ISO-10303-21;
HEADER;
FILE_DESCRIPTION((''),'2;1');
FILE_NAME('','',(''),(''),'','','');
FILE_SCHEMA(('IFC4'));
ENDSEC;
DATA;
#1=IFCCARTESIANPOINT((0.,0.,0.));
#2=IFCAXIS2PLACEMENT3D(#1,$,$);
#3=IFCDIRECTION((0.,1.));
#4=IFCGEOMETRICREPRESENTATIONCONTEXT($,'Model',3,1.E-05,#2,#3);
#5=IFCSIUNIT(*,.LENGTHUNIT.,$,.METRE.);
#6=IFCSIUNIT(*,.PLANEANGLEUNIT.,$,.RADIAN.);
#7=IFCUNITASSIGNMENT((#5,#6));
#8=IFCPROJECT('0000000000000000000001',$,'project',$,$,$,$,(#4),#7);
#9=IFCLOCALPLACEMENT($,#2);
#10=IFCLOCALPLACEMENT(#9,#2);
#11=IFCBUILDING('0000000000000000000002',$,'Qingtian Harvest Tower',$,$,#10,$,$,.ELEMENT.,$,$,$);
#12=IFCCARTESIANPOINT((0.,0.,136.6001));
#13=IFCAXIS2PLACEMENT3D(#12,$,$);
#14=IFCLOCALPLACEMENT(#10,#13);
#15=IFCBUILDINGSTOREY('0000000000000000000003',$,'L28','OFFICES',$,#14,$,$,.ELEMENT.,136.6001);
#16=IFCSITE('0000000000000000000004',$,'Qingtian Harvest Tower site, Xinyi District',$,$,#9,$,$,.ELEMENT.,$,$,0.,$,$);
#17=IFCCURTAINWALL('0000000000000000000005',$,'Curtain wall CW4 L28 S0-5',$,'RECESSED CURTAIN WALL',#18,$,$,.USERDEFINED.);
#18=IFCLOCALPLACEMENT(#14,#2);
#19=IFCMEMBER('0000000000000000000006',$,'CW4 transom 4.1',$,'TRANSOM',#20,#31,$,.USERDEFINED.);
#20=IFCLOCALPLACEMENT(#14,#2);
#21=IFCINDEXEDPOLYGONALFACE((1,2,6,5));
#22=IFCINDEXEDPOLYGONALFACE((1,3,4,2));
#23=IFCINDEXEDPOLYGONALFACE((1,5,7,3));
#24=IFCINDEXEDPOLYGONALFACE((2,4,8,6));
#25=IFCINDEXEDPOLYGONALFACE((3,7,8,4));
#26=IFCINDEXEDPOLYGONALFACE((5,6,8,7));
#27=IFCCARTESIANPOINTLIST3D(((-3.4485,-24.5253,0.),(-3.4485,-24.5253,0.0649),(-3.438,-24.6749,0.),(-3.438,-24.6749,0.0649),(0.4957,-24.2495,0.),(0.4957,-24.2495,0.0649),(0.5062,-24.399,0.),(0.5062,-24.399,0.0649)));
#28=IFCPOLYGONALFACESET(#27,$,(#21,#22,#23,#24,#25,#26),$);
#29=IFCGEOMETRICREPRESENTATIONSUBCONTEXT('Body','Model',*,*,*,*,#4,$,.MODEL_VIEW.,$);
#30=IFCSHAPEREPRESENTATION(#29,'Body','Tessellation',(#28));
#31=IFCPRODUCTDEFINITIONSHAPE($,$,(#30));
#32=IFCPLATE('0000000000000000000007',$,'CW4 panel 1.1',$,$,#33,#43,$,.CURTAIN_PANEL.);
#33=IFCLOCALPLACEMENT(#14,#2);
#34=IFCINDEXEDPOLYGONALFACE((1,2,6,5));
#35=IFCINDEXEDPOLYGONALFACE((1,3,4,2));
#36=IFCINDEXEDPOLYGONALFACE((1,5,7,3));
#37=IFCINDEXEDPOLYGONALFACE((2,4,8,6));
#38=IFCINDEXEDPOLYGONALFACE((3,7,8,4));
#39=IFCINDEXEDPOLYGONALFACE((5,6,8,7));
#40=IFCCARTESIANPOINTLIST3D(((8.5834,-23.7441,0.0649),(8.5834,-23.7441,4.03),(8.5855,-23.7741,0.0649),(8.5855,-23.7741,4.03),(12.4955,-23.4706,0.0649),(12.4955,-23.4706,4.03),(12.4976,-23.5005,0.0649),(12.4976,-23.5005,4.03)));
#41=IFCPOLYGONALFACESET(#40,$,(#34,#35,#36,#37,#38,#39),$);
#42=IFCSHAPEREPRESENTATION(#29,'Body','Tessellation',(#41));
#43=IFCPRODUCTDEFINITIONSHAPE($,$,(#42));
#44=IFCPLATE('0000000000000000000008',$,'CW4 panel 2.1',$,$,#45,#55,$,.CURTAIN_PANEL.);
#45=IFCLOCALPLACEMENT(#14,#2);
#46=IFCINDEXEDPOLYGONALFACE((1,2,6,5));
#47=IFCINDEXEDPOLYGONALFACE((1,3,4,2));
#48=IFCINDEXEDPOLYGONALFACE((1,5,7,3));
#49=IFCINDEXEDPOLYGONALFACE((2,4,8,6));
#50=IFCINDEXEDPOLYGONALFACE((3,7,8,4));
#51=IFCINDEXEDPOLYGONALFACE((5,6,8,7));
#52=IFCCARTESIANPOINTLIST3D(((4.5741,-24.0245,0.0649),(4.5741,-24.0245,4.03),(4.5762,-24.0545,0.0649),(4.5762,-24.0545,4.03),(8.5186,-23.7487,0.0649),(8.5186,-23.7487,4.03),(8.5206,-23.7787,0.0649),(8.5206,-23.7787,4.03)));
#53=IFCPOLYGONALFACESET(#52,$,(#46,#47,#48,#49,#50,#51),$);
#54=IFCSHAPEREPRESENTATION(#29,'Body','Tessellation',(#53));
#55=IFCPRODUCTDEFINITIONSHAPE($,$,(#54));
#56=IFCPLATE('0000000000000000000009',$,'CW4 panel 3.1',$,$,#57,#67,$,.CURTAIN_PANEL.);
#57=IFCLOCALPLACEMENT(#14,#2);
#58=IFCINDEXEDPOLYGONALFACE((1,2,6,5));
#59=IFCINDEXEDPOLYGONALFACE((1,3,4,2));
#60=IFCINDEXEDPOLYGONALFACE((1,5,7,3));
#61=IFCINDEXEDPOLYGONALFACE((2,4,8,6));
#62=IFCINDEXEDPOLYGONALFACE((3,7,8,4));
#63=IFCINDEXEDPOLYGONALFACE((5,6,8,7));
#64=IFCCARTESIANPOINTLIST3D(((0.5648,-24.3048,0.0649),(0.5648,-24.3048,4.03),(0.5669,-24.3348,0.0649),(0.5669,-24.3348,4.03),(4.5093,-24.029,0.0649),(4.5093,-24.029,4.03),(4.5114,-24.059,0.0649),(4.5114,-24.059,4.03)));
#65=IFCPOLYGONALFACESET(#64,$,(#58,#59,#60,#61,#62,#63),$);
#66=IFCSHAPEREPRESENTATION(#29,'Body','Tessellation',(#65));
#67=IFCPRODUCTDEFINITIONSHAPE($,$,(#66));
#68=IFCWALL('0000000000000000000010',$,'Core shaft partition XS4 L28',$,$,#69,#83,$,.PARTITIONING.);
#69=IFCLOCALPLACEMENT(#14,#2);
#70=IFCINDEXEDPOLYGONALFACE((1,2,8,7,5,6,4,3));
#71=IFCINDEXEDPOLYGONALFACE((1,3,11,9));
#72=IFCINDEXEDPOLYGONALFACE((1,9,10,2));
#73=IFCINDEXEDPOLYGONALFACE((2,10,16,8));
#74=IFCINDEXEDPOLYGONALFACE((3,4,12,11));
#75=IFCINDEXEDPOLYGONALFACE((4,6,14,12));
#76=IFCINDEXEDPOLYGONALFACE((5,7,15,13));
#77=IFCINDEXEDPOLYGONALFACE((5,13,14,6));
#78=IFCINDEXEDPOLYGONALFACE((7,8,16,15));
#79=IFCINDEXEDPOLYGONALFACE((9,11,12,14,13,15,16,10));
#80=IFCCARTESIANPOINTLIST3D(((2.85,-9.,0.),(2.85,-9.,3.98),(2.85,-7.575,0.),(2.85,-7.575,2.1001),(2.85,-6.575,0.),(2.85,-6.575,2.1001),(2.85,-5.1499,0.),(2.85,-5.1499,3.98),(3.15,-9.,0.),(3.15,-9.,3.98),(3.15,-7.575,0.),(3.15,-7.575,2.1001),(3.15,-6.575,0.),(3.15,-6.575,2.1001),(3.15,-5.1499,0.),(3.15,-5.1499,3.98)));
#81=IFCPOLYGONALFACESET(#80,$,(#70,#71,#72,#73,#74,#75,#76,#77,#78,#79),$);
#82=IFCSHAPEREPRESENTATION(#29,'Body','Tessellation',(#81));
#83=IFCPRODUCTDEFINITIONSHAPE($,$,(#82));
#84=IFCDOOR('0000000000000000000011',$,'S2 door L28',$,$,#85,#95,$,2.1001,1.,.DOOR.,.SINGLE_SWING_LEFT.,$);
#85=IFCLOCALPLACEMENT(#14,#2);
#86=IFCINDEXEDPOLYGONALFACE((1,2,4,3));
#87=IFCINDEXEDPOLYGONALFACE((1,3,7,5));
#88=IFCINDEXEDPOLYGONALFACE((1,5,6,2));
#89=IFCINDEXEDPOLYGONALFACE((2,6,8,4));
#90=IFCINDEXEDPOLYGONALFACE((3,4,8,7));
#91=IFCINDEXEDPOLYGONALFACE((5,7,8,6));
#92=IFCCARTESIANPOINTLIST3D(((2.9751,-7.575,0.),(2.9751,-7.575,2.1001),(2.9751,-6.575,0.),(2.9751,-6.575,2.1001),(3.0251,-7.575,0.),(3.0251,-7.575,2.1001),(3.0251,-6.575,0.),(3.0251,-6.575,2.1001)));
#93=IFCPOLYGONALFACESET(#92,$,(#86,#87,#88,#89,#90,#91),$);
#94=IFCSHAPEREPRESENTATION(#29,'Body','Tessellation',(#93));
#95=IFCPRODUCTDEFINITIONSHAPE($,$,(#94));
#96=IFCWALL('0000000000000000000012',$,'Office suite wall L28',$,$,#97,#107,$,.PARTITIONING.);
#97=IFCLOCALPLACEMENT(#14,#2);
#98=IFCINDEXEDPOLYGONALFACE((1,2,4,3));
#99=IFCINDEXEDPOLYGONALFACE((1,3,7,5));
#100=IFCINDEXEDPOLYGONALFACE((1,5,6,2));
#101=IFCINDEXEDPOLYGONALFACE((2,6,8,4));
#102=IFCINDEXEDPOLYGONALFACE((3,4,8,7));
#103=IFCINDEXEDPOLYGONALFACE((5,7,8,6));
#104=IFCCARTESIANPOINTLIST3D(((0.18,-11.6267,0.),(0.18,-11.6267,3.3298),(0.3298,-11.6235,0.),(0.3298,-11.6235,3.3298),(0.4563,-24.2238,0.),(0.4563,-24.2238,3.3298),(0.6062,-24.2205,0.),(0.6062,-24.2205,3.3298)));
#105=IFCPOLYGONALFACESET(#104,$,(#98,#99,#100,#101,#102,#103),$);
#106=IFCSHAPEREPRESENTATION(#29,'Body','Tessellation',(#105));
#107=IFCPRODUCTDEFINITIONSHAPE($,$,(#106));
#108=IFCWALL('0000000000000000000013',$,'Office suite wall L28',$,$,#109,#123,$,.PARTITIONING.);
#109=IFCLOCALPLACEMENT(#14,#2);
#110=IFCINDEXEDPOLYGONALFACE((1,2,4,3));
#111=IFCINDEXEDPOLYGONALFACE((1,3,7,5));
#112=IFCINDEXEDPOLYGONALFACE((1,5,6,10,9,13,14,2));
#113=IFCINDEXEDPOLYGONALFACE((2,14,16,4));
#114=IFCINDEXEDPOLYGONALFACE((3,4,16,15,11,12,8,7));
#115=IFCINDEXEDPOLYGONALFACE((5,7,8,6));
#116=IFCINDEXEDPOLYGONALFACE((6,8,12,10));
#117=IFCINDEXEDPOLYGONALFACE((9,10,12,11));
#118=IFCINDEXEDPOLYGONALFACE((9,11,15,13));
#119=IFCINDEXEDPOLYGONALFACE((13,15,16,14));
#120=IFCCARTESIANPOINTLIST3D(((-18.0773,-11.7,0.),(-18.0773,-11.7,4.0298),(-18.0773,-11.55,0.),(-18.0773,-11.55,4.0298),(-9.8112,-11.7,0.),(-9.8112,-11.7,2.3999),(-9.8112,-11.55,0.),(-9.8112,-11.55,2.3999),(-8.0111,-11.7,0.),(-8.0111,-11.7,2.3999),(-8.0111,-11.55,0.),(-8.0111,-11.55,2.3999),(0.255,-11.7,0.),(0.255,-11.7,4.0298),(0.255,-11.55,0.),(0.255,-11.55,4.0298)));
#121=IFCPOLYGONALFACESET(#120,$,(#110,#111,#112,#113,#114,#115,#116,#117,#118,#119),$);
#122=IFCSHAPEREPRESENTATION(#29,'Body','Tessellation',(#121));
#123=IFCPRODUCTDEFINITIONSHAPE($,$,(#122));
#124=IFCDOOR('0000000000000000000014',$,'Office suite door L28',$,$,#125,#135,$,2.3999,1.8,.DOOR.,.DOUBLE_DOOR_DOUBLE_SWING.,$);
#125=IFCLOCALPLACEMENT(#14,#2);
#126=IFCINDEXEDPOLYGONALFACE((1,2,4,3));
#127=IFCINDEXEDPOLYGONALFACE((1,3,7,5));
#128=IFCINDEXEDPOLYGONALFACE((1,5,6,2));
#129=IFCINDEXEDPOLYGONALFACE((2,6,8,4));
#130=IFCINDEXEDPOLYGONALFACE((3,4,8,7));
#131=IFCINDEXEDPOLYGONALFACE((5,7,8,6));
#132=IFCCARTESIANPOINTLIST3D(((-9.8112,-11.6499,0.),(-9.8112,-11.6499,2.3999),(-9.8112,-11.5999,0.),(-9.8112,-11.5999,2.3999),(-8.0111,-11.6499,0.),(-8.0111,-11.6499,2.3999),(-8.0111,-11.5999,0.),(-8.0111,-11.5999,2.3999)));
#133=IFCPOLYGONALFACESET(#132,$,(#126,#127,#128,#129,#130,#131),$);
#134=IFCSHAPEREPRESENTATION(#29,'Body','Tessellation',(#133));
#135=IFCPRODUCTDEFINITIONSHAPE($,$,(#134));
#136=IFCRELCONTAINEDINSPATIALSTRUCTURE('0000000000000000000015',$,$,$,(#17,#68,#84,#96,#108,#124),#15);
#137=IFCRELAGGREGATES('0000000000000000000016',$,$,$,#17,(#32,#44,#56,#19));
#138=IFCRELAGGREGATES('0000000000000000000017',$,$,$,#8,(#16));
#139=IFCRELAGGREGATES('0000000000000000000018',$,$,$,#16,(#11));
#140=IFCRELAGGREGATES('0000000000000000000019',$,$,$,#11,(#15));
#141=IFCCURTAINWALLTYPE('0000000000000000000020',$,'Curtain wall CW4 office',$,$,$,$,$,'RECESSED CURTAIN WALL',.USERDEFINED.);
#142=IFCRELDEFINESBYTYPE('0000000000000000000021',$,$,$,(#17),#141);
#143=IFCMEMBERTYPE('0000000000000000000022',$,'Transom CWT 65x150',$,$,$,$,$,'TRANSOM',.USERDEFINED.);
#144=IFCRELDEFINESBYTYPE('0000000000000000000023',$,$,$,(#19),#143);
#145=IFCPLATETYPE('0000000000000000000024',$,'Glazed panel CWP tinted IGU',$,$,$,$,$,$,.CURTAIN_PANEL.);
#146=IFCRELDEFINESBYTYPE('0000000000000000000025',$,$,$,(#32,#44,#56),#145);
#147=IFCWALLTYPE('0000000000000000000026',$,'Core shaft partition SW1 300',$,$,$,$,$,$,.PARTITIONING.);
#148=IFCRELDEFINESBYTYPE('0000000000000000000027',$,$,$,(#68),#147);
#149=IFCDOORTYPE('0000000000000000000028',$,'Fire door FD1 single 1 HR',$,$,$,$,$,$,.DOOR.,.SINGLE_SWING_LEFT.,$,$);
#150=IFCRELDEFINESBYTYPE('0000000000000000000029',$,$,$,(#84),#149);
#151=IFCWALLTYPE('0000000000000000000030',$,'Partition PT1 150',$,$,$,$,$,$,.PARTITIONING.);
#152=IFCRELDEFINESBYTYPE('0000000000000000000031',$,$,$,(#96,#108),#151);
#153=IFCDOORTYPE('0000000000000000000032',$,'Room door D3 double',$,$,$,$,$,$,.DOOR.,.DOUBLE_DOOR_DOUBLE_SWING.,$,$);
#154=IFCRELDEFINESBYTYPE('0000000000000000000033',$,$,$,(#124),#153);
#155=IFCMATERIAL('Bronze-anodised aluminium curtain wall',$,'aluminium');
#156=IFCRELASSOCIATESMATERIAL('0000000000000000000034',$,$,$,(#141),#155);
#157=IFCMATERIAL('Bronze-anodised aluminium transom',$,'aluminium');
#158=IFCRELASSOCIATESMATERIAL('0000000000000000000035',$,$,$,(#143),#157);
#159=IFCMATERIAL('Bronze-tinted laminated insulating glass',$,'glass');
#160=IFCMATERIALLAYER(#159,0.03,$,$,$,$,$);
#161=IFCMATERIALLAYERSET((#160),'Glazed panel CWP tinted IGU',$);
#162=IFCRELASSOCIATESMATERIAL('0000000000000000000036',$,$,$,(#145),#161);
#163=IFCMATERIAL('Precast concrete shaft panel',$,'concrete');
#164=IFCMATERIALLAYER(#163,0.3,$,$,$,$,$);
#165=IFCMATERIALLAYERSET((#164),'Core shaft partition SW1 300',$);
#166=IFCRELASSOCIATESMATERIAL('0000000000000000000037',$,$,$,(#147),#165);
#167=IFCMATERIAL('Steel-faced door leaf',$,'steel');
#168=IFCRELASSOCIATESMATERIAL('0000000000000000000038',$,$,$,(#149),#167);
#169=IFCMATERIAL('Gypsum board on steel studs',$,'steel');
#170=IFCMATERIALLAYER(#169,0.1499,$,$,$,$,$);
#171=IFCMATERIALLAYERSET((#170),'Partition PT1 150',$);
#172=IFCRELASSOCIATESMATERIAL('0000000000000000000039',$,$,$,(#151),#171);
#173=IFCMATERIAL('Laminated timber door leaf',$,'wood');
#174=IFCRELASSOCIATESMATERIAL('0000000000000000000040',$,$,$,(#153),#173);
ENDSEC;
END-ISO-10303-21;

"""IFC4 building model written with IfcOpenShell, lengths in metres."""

from ifc_helpers import new_model, si_unit, direction, frame, frame_2d, origin, origin_2d, place, context, subcontext, project, spatial, rectangle, extrude, material, layer, layer_set, material_profile, profile_set, type_object, element, fill, aggregate, save


model = new_model("IFC4")

# Units and contexts
model_context = context("Model", 3, precision=1e-05, world=origin(), true_north=direction((0.0, 1.0)))
body_context = subcontext(model_context, "Body", "Model", "MODEL_VIEW")
ifc_project = project(units=[si_unit("LENGTHUNIT", "METRE"), si_unit("PLANEANGLEUNIT", "RADIAN")], contexts=[model_context])

# Site, building, storey
site_placement = place(None, origin())
site = spatial("IfcSite", under=ifc_project, at=site_placement, Name="Qingtian Harvest Tower site, Xinyi District", CompositionType="ELEMENT", RefElevation=0.0)
building_placement = place(site_placement, origin())
building = spatial("IfcBuilding", under=site, at=building_placement, Name="Qingtian Harvest Tower", CompositionType="ELEMENT")
storey_placement = place(building_placement, frame((0.0, 0.0, 136.6001)))
storey = spatial("IfcBuildingStorey", under=building, at=storey_placement, Name="L28", Description="OFFICES", CompositionType="ELEMENT", Elevation=136.6001)

# Shared definitions
ifc_material_1 = material(Name="Bronze-anodised aluminium curtain wall", Category="aluminium")
curtain_wall_type = type_object("IfcCurtainWallType", Name="Curtain wall CW4 office", ElementType="RECESSED CURTAIN WALL", PredefinedType="USERDEFINED", material=ifc_material_1)

# Curtain wall
curtain_wall_1_placement = place(storey_placement, origin())
curtain_wall_1 = element("IfcCurtainWall", 1, at=curtain_wall_1_placement, inside=storey, type_object=curtain_wall_type, Name="Curtain wall CW4 L28 S0-5", ObjectType="RECESSED CURTAIN WALL", PredefinedType="USERDEFINED")

# Member
ifc_material_2 = material(Name="Bronze-anodised aluminium transom", Category="aluminium")
ifc_material_profile_1 = material_profile(ifc_material_2, rectangle(XDim=0.1499, YDim=0.0649, at=origin_2d()), Name="AL 65x150")
ifc_profile_set_1 = profile_set([ifc_material_profile_1], Name="Bronze-anodised aluminium transom")
member_type_1 = type_object("IfcMemberType", Name="Transom CWT 65x150", ElementType="TRANSOM", PredefinedType="USERDEFINED", material=ifc_profile_set_1)
member_1_placement = place(storey_placement, frame((0.501, -24.3242, 0.0325), z_axis=(-0.997563, -0.069773, 0.0), x_axis=(0.069773, -0.997563, 0.0)))
member_1 = element("IfcMember", 2, at=member_1_placement, type_object=member_type_1, Name="CW4 transom 4.1", ObjectType="TRANSOM", PredefinedType="USERDEFINED", context=body_context, shape_type="SweptSolid", body=[
    extrude(rectangle(XDim=0.1499, YDim=0.0649, at=origin_2d()), origin(), (0.0, 0.0, 1.0), 3.9539),
])

# Plates
ifc_material_3 = material(Name="Bronze-tinted laminated insulating glass", Category="glass")
ifc_layer_1 = layer(ifc_material_3, 0.03)
ifc_layer_set_1 = layer_set([ifc_layer_1], Name="Glazed panel CWP tinted IGU")
plate_type = type_object("IfcPlateType", Name="Glazed panel CWP tinted IGU", PredefinedType="CURTAIN_PANEL", material=ifc_layer_set_1)
plate_1_placement = place(storey_placement, frame((10.5405, -23.6223, 0.0649), z_axis=(0.0, 0.0, 1.0), x_axis=(-0.997564, -0.069756, 0.0)))
plate_1 = element("IfcPlate", 3, at=plate_1_placement, type_object=plate_type, Name="CW4 panel 1.1", PredefinedType="CURTAIN_PANEL", context=body_context, shape_type="SweptSolid", body=[
    extrude(rectangle(XDim=3.9216, YDim=0.03, at=origin_2d()), origin(), (0.0, 0.0, 1.0), 3.9651),
])
plate_2_placement = place(storey_placement, frame((6.5474, -23.9016, 0.0649), z_axis=(0.0, 0.0, 1.0), x_axis=(-0.997564, -0.069756, 0.0)))
plate_2 = element("IfcPlate", 4, at=plate_2_placement, type_object=plate_type, Name="CW4 panel 2.1", PredefinedType="CURTAIN_PANEL", context=body_context, shape_type="SweptSolid", body=[
    extrude(rectangle(XDim=3.9541, YDim=0.03, at=origin_2d()), origin(), (0.0, 0.0, 1.0), 3.9651),
])
plate_3_placement = place(storey_placement, frame((2.5381, -24.1819, 0.0649), z_axis=(0.0, 0.0, 1.0), x_axis=(-0.997564, -0.069756, 0.0)))
plate_3 = element("IfcPlate", 5, at=plate_3_placement, type_object=plate_type, Name="CW4 panel 3.1", PredefinedType="CURTAIN_PANEL", context=body_context, shape_type="SweptSolid", body=[
    extrude(rectangle(XDim=3.9541, YDim=0.03, at=origin_2d()), origin(), (0.0, 0.0, 1.0), 3.9651),
])
aggregate(curtain_wall_1, [plate_1, plate_2, plate_3, member_1])

# Wall, opening, door
ifc_material_4 = material(Name="Precast concrete shaft panel", Category="concrete")
ifc_layer_2 = layer(ifc_material_4, 0.3)
ifc_layer_set_2 = layer_set([ifc_layer_2], Name="Core shaft partition SW1 300")
wall_type_1 = type_object("IfcWallType", Name="Core shaft partition SW1 300", PredefinedType="PARTITIONING", material=ifc_layer_set_2)
wall_1_placement = place(storey_placement, frame((3.0, -9.0, 0.0), z_axis=(0.0, 0.0, 1.0), x_axis=(0.0, 1.0, 0.0)))
wall_1 = element("IfcWall", 6, at=wall_1_placement, inside=storey, type_object=wall_type_1, Name="Core shaft partition XS4 L28", PredefinedType="PARTITIONING", context=body_context, shape_type="SweptSolid", body=[
    extrude(rectangle(XDim=3.8501, YDim=0.3, at=frame_2d((1.925, 0.0))), origin(), (0.0, 0.0, 1.0), 3.98),
])
opening_1_placement = place(wall_1_placement, frame((1.425, 0.0, 0.0)))
opening_1 = element("IfcOpeningElement", 7, at=opening_1_placement, cuts=wall_1, PredefinedType="OPENING", context=body_context, shape_type="SweptSolid", body=[
    extrude(rectangle(XDim=1.0, YDim=2.1001, at=frame_2d((0.5, 1.05))), frame((0.0, 0.1599, 0.0), z_axis=(0.0, -1.0, 0.0), x_axis=(1.0, 0.0, 0.0)), (0.0, 0.0, 1.0), 0.3201),
])
ifc_material_5 = material(Name="Steel-faced door leaf", Category="steel")
door_type_1 = type_object("IfcDoorType", Name="Fire door FD1 single 1 HR", OperationType="SINGLE_SWING_LEFT", PredefinedType="DOOR", material=ifc_material_5)
door_1_placement = place(opening_1_placement, origin())
door_1 = element("IfcDoor", 8, at=door_1_placement, inside=storey, type_object=door_type_1, Name="S2 door L28", OperationType="SINGLE_SWING_LEFT", OverallHeight=2.1001, OverallWidth=1.0, PredefinedType="DOOR", context=body_context, shape_type="SweptSolid", body=[
    extrude(rectangle(XDim=1.0, YDim=2.1001, at=frame_2d((0.5, 1.05))), frame((0.0, 0.0249, 0.0), z_axis=(0.0, -1.0, 0.0), x_axis=(1.0, 0.0, 0.0)), (0.0, 0.0, 1.0), 0.05),
])
fill(opening_1, door_1)

# Wall
ifc_material_6 = material(Name="Gypsum board on steel studs", Category="steel")
ifc_layer_3 = layer(ifc_material_6, 0.1499)
ifc_layer_set_3 = layer_set([ifc_layer_3], Name="Partition PT1 150")
wall_type_2 = type_object("IfcWallType", Name="Partition PT1 150", PredefinedType="PARTITIONING", material=ifc_layer_set_3)
wall_2_placement = place(storey_placement, frame((0.5312, -24.2222, 0.0), z_axis=(0.0, 0.0, 1.0), x_axis=(-0.021934, 0.999759, 0.0)))
element("IfcWall", 9, at=wall_2_placement, inside=storey, type_object=wall_type_2, Name="Office suite wall L28", PredefinedType="PARTITIONING", context=body_context, shape_type="SweptSolid", body=[
    extrude(rectangle(XDim=12.6001, YDim=0.1499, at=frame_2d((6.3, 0.0))), origin(), (0.0, 0.0, 1.0), 3.3298),
])

# Wall, opening, door
wall_3_placement = place(storey_placement, frame((0.2549, -11.625, 0.0), z_axis=(0.0, 0.0, 1.0), x_axis=(-1.0, 0.0, 0.0)))
wall_3 = element("IfcWall", 10, at=wall_3_placement, inside=storey, type_object=wall_type_2, Name="Office suite wall L28", PredefinedType="PARTITIONING", context=body_context, shape_type="SweptSolid", body=[
    extrude(rectangle(XDim=18.3323, YDim=0.1499, at=frame_2d((9.166, 0.0))), origin(), (0.0, 0.0, 1.0), 4.0298),
])
opening_2_placement = place(wall_3_placement, frame((8.2661, 0.0, 0.0)))
opening_2 = element("IfcOpeningElement", 11, at=opening_2_placement, cuts=wall_3, PredefinedType="OPENING", context=body_context, shape_type="SweptSolid", body=[
    extrude(rectangle(XDim=1.8, YDim=2.3999, at=frame_2d((0.8999, 1.2))), frame((0.0, 0.085, 0.0), z_axis=(0.0, -1.0, 0.0), x_axis=(1.0, 0.0, 0.0)), (0.0, 0.0, 1.0), 0.1699),
])
ifc_material_7 = material(Name="Laminated timber door leaf", Category="wood")
door_type_2 = type_object("IfcDoorType", Name="Room door D3 double", OperationType="DOUBLE_DOOR_DOUBLE_SWING", PredefinedType="DOOR", material=ifc_material_7)
door_2_placement = place(opening_2_placement, origin())
door_2 = element("IfcDoor", 12, at=door_2_placement, inside=storey, type_object=door_type_2, Name="Office suite door L28", OperationType="DOUBLE_DOOR_DOUBLE_SWING", OverallHeight=2.3999, OverallWidth=1.8, PredefinedType="DOOR", context=body_context, shape_type="SweptSolid", body=[
    extrude(rectangle(XDim=1.8, YDim=2.3999, at=frame_2d((0.8999, 1.2))), frame((0.0, 0.0249, 0.0), z_axis=(0.0, -1.0, 0.0), x_axis=(1.0, 0.0, 0.0)), (0.0, 0.0, 1.0), 0.05),
])
fill(opening_2, door_2)

save(model, "model.ifc")
